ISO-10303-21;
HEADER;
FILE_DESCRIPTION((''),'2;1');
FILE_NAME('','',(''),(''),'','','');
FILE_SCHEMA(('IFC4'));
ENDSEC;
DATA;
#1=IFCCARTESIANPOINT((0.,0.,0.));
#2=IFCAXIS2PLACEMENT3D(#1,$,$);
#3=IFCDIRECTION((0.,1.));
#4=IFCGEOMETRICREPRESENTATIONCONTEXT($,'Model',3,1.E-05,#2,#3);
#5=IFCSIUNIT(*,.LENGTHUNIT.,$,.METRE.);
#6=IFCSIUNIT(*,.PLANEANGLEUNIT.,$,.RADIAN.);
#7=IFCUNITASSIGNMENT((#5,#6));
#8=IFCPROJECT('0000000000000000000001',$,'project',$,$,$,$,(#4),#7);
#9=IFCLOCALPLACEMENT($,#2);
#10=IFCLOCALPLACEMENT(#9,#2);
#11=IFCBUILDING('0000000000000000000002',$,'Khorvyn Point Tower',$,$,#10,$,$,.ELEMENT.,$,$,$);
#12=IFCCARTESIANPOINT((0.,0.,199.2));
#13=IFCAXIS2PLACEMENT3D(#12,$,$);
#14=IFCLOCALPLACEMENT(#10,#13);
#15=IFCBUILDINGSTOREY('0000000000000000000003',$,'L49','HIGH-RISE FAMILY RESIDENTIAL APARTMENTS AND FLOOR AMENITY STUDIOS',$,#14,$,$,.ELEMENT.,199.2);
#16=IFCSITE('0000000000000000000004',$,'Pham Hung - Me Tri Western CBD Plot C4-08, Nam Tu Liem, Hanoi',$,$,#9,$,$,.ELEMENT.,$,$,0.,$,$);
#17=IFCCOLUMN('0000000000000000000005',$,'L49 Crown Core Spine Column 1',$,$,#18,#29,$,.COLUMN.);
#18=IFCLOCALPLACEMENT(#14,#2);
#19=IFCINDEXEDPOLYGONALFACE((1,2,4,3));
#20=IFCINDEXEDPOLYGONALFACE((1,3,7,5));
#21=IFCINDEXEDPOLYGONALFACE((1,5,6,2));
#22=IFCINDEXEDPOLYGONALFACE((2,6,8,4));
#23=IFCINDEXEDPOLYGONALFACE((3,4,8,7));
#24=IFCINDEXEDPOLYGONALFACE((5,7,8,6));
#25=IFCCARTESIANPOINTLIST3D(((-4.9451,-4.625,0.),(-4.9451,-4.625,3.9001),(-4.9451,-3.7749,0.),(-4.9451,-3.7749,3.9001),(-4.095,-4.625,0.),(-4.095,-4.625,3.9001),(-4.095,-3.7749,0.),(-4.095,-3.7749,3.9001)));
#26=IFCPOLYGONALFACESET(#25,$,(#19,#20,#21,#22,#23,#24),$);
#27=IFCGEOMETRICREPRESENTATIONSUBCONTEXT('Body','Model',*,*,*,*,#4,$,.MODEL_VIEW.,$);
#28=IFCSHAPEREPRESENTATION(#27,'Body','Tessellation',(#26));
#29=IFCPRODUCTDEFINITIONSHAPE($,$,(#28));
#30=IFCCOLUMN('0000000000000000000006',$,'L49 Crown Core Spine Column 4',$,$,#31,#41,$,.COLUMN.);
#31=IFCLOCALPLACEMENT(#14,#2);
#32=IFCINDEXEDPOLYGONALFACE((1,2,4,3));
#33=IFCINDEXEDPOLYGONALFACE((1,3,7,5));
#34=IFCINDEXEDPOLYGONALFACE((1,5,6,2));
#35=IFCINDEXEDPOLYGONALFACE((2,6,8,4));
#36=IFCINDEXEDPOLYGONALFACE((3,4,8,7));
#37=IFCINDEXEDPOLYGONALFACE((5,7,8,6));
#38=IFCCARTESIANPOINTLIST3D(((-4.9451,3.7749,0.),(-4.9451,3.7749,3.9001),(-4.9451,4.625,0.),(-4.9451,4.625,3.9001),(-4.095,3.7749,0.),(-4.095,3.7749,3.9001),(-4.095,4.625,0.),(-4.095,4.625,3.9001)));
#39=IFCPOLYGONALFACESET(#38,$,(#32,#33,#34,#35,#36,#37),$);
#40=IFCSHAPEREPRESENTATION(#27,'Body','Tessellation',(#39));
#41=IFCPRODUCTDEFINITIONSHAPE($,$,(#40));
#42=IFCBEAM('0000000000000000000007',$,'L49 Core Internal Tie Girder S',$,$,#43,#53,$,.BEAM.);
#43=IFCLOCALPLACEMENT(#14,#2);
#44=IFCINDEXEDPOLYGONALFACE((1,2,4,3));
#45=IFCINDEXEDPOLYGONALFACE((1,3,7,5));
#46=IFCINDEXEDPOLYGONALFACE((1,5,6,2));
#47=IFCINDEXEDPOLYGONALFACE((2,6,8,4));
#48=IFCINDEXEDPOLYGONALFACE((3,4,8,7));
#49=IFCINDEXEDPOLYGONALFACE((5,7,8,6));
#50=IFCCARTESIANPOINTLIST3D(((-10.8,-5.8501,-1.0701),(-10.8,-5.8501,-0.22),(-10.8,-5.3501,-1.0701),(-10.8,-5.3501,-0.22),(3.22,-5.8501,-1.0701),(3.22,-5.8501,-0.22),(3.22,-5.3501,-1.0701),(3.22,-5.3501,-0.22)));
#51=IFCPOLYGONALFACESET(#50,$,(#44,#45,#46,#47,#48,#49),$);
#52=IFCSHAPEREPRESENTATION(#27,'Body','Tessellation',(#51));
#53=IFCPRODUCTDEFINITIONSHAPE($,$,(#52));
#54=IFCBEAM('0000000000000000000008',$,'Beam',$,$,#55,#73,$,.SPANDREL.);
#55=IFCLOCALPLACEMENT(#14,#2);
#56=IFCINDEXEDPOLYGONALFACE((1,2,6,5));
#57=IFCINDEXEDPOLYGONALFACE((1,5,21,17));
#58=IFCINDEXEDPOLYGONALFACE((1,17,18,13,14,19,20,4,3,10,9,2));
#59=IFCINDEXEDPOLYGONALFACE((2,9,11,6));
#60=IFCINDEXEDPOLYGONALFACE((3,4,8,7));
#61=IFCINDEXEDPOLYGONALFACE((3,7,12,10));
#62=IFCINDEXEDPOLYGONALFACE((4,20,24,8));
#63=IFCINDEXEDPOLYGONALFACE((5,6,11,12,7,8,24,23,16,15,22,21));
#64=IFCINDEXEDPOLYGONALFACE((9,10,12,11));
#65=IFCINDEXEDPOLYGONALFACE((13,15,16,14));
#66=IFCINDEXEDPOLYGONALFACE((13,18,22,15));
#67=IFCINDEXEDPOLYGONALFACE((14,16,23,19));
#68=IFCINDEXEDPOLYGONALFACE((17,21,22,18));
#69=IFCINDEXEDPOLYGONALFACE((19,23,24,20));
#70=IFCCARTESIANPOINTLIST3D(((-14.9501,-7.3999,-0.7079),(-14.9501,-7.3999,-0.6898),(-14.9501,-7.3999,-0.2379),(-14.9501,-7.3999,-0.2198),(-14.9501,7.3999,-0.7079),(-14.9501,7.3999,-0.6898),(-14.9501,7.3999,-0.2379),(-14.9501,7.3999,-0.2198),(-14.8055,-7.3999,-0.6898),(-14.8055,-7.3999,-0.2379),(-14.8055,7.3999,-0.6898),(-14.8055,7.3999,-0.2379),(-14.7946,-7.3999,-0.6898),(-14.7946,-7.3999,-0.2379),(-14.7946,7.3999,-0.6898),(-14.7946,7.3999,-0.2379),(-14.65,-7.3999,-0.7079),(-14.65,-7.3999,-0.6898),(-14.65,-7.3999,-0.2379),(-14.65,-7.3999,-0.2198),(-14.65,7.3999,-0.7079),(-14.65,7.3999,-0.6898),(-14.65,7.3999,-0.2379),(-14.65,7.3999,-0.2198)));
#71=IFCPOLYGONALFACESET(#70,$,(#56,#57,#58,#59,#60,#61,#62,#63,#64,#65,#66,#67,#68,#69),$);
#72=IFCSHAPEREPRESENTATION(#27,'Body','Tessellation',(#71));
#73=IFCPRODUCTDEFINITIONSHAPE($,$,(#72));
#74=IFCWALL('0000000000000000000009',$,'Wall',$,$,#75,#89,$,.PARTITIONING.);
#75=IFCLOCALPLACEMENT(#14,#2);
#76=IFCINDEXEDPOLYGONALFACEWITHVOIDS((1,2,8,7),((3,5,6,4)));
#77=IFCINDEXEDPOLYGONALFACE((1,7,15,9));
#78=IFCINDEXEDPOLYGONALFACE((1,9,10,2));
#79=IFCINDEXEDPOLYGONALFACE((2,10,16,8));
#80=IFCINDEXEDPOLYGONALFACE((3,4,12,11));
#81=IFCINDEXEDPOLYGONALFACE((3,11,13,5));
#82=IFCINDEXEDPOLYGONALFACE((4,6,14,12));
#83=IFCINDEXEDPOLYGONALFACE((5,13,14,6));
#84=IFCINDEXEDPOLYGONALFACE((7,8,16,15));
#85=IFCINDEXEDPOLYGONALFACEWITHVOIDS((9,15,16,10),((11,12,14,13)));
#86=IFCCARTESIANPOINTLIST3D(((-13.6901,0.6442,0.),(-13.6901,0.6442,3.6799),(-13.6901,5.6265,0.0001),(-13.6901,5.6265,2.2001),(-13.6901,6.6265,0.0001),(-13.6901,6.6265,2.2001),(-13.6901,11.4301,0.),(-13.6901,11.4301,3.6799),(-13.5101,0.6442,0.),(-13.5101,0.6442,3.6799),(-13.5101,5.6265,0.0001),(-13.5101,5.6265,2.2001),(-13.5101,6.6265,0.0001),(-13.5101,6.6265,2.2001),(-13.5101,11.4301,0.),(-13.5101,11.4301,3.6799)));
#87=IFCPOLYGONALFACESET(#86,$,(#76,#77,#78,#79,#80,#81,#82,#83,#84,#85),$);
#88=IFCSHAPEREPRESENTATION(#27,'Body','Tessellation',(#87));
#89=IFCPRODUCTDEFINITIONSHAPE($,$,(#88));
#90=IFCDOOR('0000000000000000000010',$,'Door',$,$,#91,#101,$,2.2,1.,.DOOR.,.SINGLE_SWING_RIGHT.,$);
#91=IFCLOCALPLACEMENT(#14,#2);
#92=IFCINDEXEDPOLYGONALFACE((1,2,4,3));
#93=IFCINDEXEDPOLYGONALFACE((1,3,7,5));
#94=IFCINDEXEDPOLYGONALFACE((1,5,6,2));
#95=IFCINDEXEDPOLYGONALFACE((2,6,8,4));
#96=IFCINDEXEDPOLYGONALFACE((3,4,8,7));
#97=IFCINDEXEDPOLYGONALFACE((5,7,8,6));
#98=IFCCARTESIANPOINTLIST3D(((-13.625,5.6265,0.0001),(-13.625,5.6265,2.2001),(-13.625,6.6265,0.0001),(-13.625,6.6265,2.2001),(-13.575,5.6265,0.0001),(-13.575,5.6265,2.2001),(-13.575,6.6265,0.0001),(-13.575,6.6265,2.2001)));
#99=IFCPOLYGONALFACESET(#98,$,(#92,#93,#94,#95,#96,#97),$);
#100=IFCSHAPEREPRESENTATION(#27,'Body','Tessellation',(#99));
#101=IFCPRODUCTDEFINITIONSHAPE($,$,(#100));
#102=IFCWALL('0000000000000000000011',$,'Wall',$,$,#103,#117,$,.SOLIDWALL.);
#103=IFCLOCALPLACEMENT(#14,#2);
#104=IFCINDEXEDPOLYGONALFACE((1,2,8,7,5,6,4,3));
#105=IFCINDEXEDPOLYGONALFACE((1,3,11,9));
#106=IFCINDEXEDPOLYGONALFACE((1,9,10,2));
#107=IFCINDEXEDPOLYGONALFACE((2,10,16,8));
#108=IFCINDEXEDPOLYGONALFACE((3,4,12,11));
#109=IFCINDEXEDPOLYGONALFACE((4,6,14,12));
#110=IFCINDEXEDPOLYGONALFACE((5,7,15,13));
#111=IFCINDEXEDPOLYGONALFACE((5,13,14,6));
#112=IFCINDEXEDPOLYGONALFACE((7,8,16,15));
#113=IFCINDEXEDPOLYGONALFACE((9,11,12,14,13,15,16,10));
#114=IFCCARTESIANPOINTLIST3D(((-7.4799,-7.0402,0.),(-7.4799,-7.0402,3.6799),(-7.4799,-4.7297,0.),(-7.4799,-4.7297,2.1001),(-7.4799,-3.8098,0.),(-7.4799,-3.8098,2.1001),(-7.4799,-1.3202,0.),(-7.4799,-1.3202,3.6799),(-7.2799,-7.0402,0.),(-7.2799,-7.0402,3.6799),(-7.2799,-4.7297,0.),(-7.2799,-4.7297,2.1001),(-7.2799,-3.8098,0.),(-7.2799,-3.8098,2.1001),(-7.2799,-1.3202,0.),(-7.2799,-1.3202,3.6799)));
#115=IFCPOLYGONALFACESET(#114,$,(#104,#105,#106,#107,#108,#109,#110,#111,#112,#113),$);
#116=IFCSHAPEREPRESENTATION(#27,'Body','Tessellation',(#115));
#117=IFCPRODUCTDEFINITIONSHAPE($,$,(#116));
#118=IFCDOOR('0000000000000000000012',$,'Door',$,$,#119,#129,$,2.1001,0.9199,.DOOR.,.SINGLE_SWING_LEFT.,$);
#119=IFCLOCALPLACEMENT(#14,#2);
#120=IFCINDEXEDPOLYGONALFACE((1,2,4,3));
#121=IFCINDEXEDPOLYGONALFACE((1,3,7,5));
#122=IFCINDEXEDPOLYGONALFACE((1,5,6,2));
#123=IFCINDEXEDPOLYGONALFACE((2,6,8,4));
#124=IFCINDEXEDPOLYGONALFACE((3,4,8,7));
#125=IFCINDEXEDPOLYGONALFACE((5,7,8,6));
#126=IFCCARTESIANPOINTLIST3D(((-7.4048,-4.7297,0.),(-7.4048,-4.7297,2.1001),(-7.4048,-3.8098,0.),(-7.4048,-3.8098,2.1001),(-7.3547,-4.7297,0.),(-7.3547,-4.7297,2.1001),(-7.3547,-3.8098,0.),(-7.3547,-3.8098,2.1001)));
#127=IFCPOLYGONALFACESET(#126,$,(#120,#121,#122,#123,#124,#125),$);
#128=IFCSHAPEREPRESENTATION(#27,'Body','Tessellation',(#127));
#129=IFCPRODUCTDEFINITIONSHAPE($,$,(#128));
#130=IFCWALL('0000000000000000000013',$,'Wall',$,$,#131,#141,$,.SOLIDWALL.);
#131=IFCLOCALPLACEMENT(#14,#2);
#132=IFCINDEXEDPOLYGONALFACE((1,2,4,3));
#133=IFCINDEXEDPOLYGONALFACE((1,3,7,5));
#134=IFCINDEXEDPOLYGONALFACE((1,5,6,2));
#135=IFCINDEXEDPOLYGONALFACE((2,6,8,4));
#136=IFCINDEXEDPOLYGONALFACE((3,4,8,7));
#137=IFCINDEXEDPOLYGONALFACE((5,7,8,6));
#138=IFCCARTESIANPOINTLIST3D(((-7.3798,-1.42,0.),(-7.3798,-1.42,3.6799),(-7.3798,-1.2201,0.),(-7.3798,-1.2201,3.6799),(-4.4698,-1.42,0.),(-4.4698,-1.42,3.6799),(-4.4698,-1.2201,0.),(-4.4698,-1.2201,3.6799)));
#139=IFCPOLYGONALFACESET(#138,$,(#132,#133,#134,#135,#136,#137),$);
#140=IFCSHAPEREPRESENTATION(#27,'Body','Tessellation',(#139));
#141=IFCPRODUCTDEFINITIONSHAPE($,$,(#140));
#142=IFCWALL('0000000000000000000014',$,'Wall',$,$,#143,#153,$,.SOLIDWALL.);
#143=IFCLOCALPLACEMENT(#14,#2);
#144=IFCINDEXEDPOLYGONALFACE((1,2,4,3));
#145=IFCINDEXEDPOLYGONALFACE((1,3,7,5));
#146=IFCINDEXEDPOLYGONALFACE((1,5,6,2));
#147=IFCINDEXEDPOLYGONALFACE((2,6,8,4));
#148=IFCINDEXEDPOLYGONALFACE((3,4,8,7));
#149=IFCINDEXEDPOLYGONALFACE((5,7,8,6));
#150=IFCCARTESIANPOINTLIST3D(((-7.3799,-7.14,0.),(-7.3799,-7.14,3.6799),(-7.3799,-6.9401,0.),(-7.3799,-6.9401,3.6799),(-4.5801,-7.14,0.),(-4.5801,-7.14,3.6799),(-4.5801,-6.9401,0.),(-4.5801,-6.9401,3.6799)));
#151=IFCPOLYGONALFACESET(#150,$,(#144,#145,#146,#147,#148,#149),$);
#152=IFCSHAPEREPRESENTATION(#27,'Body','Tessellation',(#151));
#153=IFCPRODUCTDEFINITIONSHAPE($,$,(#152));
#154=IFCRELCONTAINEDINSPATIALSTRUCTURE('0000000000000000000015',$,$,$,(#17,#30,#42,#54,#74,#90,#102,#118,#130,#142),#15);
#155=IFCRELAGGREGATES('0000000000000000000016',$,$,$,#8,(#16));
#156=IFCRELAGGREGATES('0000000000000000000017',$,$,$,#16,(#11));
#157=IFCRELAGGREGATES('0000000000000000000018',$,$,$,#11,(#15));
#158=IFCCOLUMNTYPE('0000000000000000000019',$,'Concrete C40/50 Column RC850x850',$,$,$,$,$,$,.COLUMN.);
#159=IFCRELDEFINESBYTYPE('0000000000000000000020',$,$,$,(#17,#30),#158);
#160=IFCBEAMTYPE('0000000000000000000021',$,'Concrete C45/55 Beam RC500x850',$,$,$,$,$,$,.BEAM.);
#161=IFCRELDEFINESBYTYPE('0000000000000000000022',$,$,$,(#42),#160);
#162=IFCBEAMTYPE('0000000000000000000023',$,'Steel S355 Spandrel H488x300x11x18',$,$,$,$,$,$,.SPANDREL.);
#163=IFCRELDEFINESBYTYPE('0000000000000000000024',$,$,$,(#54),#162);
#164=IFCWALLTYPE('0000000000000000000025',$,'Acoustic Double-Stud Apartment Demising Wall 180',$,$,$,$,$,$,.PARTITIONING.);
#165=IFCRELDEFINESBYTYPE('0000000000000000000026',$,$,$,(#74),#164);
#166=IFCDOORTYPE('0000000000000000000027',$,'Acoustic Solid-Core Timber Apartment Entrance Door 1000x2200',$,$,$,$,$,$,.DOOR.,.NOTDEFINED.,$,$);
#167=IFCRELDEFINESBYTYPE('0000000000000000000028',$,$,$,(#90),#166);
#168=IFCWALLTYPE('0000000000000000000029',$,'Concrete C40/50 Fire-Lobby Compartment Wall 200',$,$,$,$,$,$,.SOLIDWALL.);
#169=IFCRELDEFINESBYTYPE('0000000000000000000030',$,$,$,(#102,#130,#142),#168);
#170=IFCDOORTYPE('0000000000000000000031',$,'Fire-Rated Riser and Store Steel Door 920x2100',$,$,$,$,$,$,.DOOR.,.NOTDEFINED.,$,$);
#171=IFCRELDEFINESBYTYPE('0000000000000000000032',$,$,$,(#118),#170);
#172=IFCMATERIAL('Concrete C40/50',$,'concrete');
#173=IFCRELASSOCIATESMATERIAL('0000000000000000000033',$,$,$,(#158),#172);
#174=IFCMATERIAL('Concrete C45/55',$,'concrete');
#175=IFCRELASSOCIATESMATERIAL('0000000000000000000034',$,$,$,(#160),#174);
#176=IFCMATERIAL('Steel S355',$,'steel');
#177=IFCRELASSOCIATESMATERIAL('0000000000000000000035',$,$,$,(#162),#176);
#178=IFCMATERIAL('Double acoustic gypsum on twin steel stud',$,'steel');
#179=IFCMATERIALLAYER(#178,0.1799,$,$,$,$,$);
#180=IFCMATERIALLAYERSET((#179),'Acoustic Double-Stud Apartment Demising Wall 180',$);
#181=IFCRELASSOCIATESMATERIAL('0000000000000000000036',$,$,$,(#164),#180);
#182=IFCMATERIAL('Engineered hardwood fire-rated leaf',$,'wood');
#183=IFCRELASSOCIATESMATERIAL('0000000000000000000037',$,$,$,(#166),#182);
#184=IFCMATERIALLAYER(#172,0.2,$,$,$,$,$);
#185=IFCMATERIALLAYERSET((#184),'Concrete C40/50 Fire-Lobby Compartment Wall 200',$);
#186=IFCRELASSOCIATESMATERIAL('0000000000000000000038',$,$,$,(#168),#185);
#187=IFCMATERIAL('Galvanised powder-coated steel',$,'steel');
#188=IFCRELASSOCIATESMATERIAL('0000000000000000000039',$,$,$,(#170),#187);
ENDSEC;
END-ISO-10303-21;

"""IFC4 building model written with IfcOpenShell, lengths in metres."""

from ifc_helpers import new_model, si_unit, direction, frame, frame_2d, origin, origin_2d, place, context, subcontext, project, spatial, rectangle, i_section, extrude, material, layer, layer_set, material_profile, profile_set, type_object, element, fill, save


model = new_model("IFC4")

# Units and contexts
model_context = context("Model", 3, precision=1e-05, world=origin(), true_north=direction((0.0, 1.0)))
body_context = subcontext(model_context, "Body", "Model", "MODEL_VIEW")
ifc_project = project(units=[si_unit("LENGTHUNIT", "METRE"), si_unit("PLANEANGLEUNIT", "RADIAN")], contexts=[model_context])

# Site, building, storey
site_placement = place(None, origin())
site = spatial("IfcSite", under=ifc_project, at=site_placement, Name="Pham Hung - Me Tri Western CBD Plot C4-08, Nam Tu Liem, Hanoi", CompositionType="ELEMENT", RefElevation=0.0)
building_placement = place(site_placement, origin())
building = spatial("IfcBuilding", under=site, at=building_placement, Name="Khorvyn Point Tower", CompositionType="ELEMENT")
storey_placement = place(building_placement, frame((0.0, 0.0, 199.2)))
storey = spatial("IfcBuildingStorey", under=building, at=storey_placement, Name="L49", Description="HIGH-RISE FAMILY RESIDENTIAL APARTMENTS AND FLOOR AMENITY STUDIOS", CompositionType="ELEMENT", Elevation=199.2)

# Columns
ifc_material_1 = material(Name="Concrete C40/50", Category="concrete")
ifc_material_profile_1 = material_profile(ifc_material_1, rectangle(XDim=0.8501, YDim=0.8501, at=origin_2d()))
ifc_profile_set_1 = profile_set([ifc_material_profile_1], Name="Concrete C40/50 RC850x850")
column_type = type_object("IfcColumnType", Name="Concrete C40/50 Column RC850x850", PredefinedType="COLUMN", material=ifc_profile_set_1)
for number, where, z_axis, x_axis, name in (
    (1, (-4.52, -4.2, 0.0), (0.0, 0.0, 1.0), (1.0, 0.0, 0.0), "L49 Crown Core Spine Column 1"),
    (2, (-4.52, 4.2, 0.0), (0.0, 0.0, 1.0), (1.0, 0.0, 0.0), "L49 Crown Core Spine Column 4"),
):
    element("IfcColumn", number, at=place(storey_placement, frame(where, z_axis=z_axis, x_axis=x_axis)), inside=storey, type_object=column_type, Name=name, PredefinedType="COLUMN", context=body_context, shape_type="SweptSolid", body=[
        extrude(rectangle(XDim=0.8501, YDim=0.8501, at=origin_2d()), origin(), (0.0, 0.0, 1.0), 3.9001),
    ])

# Beams
ifc_material_2 = material(Name="Concrete C45/55", Category="concrete")
ifc_material_profile_2 = material_profile(ifc_material_2, rectangle(XDim=0.5, YDim=0.8501, at=origin_2d()))
ifc_profile_set_2 = profile_set([ifc_material_profile_2], Name="Concrete C45/55 RC500x850")
beam_type_1 = type_object("IfcBeamType", Name="Concrete C45/55 Beam RC500x850", PredefinedType="BEAM", material=ifc_profile_set_2)
beam_1_placement = place(storey_placement, frame((-10.8, -5.6001, -0.645), z_axis=(1.0, 0.0, 0.0), x_axis=(0.0, 1.0, 0.0)))
element("IfcBeam", 3, at=beam_1_placement, inside=storey, type_object=beam_type_1, Name="L49 Core Internal Tie Girder S", PredefinedType="BEAM", context=body_context, shape_type="SweptSolid", body=[
    extrude(rectangle(XDim=0.5, YDim=0.8501, at=origin_2d()), origin(), (0.0, 0.0, 1.0), 14.02),
])
ifc_material_3 = material(Name="Steel S355", Category="steel")
ifc_material_profile_3 = material_profile(ifc_material_3, i_section(OverallWidth=0.3, OverallDepth=0.488, WebThickness=0.011, FlangeThickness=0.0181, at=origin_2d()))
ifc_profile_set_3 = profile_set([ifc_material_profile_3], Name="Steel S355 H488x300x11x18")
beam_type_2 = type_object("IfcBeamType", Name="Steel S355 Spandrel H488x300x11x18", PredefinedType="SPANDREL", material=ifc_profile_set_3)
beam_2_placement = place(storey_placement, frame((-14.8, -7.3999, -0.4639), z_axis=(0.0, 1.0, 0.0), x_axis=(-1.0, 0.0, 0.0)))
element("IfcBeam", 4, at=beam_2_placement, inside=storey, type_object=beam_type_2, Name="Beam", PredefinedType="SPANDREL", context=body_context, shape_type="SweptSolid", body=[
    extrude(i_section(OverallWidth=0.3, OverallDepth=0.488, WebThickness=0.011, FlangeThickness=0.0181, at=origin_2d()), origin(), (0.0, 0.0, 1.0), 14.7998),
])

# Walls, openings, doors
ifc_material_4 = material(Name="Double acoustic gypsum on twin steel stud", Category="steel")
ifc_layer_1 = layer(ifc_material_4, 0.1799)
ifc_layer_set_1 = layer_set([ifc_layer_1], Name="Acoustic Double-Stud Apartment Demising Wall 180")
wall_type_1 = type_object("IfcWallType", Name="Acoustic Double-Stud Apartment Demising Wall 180", PredefinedType="PARTITIONING", material=ifc_layer_set_1)
wall_1_placement = place(storey_placement, frame((-13.6001, 0.644, 0.0), z_axis=(0.0, 0.0, 1.0), x_axis=(0.0, 1.0, 0.0)))
wall_1 = element("IfcWall", 5, at=wall_1_placement, inside=storey, type_object=wall_type_1, Name="Wall", PredefinedType="PARTITIONING", context=body_context, shape_type="SweptSolid", body=[
    extrude(rectangle(XDim=10.7859, YDim=0.1799, at=frame_2d((5.3931, 0.0))), origin(), (0.0, 0.0, 1.0), 3.6799),
])
opening_1_placement = place(wall_1_placement, frame((4.9824, 0.0, 0.0)))
opening_1 = element("IfcOpeningElement", 6, at=opening_1_placement, cuts=wall_1, PredefinedType="OPENING", context=body_context, shape_type="SweptSolid", body=[
    extrude(rectangle(XDim=1.0, YDim=2.2, at=frame_2d((0.5, 1.1001))), frame((0.0, 0.0999, 0.0), z_axis=(0.0, -1.0, 0.0), x_axis=(1.0, 0.0, 0.0)), (0.0, 0.0, 1.0), 0.2),
])
ifc_material_5 = material(Name="Engineered hardwood fire-rated leaf", Category="wood")
door_type_1 = type_object("IfcDoorType", Name="Acoustic Solid-Core Timber Apartment Entrance Door 1000x2200", OperationType="NOTDEFINED", PredefinedType="DOOR", material=ifc_material_5)
door_1_placement = place(opening_1_placement, origin())
door_1 = element("IfcDoor", 7, at=door_1_placement, inside=storey, type_object=door_type_1, Name="Door", OperationType="SINGLE_SWING_RIGHT", OverallHeight=2.2, OverallWidth=1.0, PredefinedType="DOOR", context=body_context, shape_type="SweptSolid", body=[
    extrude(rectangle(XDim=1.0, YDim=2.2, at=frame_2d((0.5, 1.1001))), frame((0.0, 0.0249, 0.0), z_axis=(0.0, -1.0, 0.0), x_axis=(1.0, 0.0, 0.0)), (0.0, 0.0, 1.0), 0.05),
])
fill(opening_1, door_1)
ifc_layer_2 = layer(ifc_material_1, 0.2)
ifc_layer_set_2 = layer_set([ifc_layer_2], Name="Concrete C40/50 Fire-Lobby Compartment Wall 200")
wall_type_2 = type_object("IfcWallType", Name="Concrete C40/50 Fire-Lobby Compartment Wall 200", PredefinedType="SOLIDWALL", material=ifc_layer_set_2)
wall_2_placement = place(storey_placement, frame((-7.3799, -7.04, 0.0), z_axis=(0.0, 0.0, 1.0), x_axis=(0.0, 1.0, 0.0)))
wall_2 = element("IfcWall", 8, at=wall_2_placement, inside=storey, type_object=wall_type_2, Name="Wall", PredefinedType="SOLIDWALL", context=body_context, shape_type="SweptSolid", body=[
    extrude(rectangle(XDim=5.72, YDim=0.2, at=frame_2d((2.8599, 0.0))), origin(), (0.0, 0.0, 1.0), 3.6799),
])
opening_2_placement = place(wall_2_placement, frame((2.3103, 0.0, 0.0)))
opening_2 = element("IfcOpeningElement", 9, at=opening_2_placement, cuts=wall_2, PredefinedType="OPENING", context=body_context, shape_type="SweptSolid", body=[
    extrude(rectangle(XDim=0.9199, YDim=2.1001, at=frame_2d((0.46, 1.05))), frame((0.0, 0.1099, 0.0), z_axis=(0.0, -1.0, 0.0), x_axis=(1.0, 0.0, 0.0)), (0.0, 0.0, 1.0), 0.22),
])
ifc_material_6 = material(Name="Galvanised powder-coated steel", Category="steel")
door_type_2 = type_object("IfcDoorType", Name="Fire-Rated Riser and Store Steel Door 920x2100", OperationType="NOTDEFINED", PredefinedType="DOOR", material=ifc_material_6)
door_2_placement = place(opening_2_placement, origin())
door_2 = element("IfcDoor", 10, at=door_2_placement, inside=storey, type_object=door_type_2, Name="Door", OperationType="SINGLE_SWING_LEFT", OverallHeight=2.1001, OverallWidth=0.9199, PredefinedType="DOOR", context=body_context, shape_type="SweptSolid", body=[
    extrude(rectangle(XDim=0.9199, YDim=2.1001, at=frame_2d((0.46, 1.05))), frame((0.0, 0.0249, 0.0), z_axis=(0.0, -1.0, 0.0), x_axis=(1.0, 0.0, 0.0)), (0.0, 0.0, 1.0), 0.05),
])
fill(opening_2, door_2)

# Walls
wall_3_placement = place(storey_placement, frame((-7.3799, -1.3201, 0.0), z_axis=(0.0, 0.0, 1.0), x_axis=(1.0, 0.0, 0.0)))
element("IfcWall", 11, at=wall_3_placement, inside=storey, type_object=wall_type_2, Name="Wall", PredefinedType="SOLIDWALL", context=body_context, shape_type="SweptSolid", body=[
    extrude(rectangle(XDim=2.9099, YDim=0.2, at=frame_2d((1.4551, 0.0))), origin(), (0.0, 0.0, 1.0), 3.6799),
])
wall_4_placement = place(storey_placement, frame((-7.3799, -7.04, 0.0), z_axis=(0.0, 0.0, 1.0), x_axis=(1.0, 0.0, 0.0)))
element("IfcWall", 12, at=wall_4_placement, inside=storey, type_object=wall_type_2, Name="Wall", PredefinedType="SOLIDWALL", context=body_context, shape_type="SweptSolid", body=[
    extrude(rectangle(XDim=2.7998, YDim=0.2, at=frame_2d((1.3999, 0.0))), origin(), (0.0, 0.0, 1.0), 3.6799),
])

save(model, "model.ifc")
